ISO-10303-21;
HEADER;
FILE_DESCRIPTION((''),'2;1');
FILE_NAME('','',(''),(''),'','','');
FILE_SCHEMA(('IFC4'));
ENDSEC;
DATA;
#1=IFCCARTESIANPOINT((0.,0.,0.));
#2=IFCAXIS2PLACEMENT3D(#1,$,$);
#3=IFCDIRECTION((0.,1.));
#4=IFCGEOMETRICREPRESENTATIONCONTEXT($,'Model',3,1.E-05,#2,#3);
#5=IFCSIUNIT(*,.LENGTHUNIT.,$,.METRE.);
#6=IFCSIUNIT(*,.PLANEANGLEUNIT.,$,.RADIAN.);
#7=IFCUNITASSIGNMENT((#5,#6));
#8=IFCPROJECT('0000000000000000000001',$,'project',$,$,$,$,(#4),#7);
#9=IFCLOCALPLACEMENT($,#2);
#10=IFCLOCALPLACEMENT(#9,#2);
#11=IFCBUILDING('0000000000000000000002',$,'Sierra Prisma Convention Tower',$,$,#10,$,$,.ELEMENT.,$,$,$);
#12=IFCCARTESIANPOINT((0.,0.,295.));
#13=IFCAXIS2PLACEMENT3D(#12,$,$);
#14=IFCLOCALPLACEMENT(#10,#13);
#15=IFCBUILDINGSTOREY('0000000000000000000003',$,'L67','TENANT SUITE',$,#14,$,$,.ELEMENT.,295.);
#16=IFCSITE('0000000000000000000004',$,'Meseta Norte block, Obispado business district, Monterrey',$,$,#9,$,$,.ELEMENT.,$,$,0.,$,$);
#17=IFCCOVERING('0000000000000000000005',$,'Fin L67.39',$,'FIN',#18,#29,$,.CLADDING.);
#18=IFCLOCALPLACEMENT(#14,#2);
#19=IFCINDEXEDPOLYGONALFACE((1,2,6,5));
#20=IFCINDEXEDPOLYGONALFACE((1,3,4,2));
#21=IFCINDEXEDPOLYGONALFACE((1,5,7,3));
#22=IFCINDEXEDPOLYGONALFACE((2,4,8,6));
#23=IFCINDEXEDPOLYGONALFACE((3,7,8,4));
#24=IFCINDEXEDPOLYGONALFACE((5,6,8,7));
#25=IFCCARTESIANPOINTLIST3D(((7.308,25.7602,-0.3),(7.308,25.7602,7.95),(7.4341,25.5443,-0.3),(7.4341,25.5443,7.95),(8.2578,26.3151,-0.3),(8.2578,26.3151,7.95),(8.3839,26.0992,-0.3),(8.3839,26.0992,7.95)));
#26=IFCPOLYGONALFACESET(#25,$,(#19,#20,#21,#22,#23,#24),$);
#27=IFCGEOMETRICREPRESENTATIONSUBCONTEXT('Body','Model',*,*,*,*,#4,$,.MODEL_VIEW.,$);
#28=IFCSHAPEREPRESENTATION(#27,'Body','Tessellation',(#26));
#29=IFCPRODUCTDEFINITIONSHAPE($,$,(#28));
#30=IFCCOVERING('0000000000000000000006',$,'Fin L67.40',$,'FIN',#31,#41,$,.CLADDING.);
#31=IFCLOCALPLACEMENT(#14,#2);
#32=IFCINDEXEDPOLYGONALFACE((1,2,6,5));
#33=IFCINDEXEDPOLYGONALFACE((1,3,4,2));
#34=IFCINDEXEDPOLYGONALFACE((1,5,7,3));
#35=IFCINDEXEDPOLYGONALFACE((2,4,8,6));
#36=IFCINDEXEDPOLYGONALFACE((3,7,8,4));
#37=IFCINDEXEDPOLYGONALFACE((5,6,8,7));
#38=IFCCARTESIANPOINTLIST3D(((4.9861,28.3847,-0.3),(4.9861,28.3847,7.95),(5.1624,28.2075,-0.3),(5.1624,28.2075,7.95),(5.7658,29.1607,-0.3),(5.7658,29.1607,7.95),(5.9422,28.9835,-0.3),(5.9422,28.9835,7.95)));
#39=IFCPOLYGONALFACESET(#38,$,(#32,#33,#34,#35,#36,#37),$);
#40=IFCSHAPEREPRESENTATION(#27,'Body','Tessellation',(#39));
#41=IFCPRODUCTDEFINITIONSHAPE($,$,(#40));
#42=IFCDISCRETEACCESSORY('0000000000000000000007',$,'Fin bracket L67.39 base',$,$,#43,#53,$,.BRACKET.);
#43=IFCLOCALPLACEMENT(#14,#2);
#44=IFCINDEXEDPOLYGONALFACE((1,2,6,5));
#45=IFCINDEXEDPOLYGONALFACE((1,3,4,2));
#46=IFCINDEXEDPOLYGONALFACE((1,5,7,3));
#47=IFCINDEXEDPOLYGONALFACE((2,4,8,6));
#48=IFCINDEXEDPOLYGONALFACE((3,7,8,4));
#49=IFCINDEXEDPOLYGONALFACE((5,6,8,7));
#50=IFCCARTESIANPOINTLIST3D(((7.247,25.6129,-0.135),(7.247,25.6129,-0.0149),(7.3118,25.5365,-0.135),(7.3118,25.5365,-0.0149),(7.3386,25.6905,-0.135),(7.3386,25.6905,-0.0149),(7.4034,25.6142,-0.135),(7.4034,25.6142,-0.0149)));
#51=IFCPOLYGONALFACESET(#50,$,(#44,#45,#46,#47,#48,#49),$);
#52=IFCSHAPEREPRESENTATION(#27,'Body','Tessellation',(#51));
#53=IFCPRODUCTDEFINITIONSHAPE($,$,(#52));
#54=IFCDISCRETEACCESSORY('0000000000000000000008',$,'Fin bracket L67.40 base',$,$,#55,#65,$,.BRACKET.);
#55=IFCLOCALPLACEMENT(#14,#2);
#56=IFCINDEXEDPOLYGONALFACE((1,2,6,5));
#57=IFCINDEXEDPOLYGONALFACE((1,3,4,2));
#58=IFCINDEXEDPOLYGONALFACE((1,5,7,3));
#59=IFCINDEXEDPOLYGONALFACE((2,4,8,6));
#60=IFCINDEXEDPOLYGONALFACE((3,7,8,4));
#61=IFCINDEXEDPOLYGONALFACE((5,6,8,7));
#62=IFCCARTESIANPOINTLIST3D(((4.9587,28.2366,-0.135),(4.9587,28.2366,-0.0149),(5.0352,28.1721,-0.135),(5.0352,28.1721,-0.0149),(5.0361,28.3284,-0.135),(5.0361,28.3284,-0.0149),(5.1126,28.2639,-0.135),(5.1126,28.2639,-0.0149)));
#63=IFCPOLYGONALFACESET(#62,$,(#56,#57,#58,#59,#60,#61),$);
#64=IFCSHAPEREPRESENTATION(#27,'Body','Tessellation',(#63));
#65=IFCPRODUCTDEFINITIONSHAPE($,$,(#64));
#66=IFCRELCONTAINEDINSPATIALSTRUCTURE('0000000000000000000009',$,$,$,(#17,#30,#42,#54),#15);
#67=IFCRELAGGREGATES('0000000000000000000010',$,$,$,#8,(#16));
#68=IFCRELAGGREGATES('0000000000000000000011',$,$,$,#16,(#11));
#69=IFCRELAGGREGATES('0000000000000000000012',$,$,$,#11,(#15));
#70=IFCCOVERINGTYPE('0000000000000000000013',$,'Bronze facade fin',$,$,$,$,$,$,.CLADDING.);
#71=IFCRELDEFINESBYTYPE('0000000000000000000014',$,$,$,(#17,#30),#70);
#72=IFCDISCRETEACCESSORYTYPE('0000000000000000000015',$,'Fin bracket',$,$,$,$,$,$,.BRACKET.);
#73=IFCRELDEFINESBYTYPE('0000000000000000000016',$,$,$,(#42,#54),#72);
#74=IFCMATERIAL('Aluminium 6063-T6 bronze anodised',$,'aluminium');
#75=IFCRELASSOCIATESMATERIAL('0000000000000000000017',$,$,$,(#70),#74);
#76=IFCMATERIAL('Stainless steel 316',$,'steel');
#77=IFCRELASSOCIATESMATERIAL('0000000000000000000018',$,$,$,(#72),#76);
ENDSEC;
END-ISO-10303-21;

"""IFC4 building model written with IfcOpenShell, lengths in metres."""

from ifc_helpers import new_model, si_unit, direction, frame, origin, origin_2d, place, context, subcontext, project, spatial, rectangle, extrude, material, material_profile, profile_set, type_object, element, save


model = new_model("IFC4")

# Units and contexts
model_context = context("Model", 3, precision=1e-05, world=origin(), true_north=direction((0.0, 1.0)))
body_context = subcontext(model_context, "Body", "Model", "MODEL_VIEW")
ifc_project = project(units=[si_unit("LENGTHUNIT", "METRE"), si_unit("PLANEANGLEUNIT", "RADIAN")], contexts=[model_context])

# Site, building, storey
site_placement = place(None, origin())
site = spatial("IfcSite", under=ifc_project, at=site_placement, Name="Meseta Norte block, Obispado business district, Monterrey", CompositionType="ELEMENT", RefElevation=0.0)
building_placement = place(site_placement, origin())
building = spatial("IfcBuilding", under=site, at=building_placement, Name="Sierra Prisma Convention Tower", CompositionType="ELEMENT")
storey_placement = place(building_placement, frame((0.0, 0.0, 295.0)))
storey = spatial("IfcBuildingStorey", under=building, at=storey_placement, Name="L67", Description="TENANT SUITE", CompositionType="ELEMENT", Elevation=295.0)

# Coverings
ifc_material_1 = material(Name="Aluminium 6063-T6 bronze anodised", Category="aluminium")
ifc_material_profile_1 = material_profile(ifc_material_1, rectangle(XDim=1.1001, YDim=0.25, at=origin_2d()), Name="ALU FIN 1100x250")
ifc_profile_set_1 = profile_set([ifc_material_profile_1], Name="Aluminium 6063-T6 bronze anodised")
covering_type = type_object("IfcCoveringType", Name="Bronze facade fin", PredefinedType="CLADDING", material=ifc_profile_set_1)
for number, where, z_axis, x_axis, name in (
    (1, (7.8459, 25.9297, -0.3), (0.0, 0.0, 1.0), (0.86345, 0.504435, 0.0), "Fin L67.39"),
    (2, (5.4641, 28.6841, -0.3), (0.0, 0.0, 1.0), (0.708772, 0.705438, 0.0), "Fin L67.40"),
):
    element("IfcCovering", number, at=place(storey_placement, frame(where, z_axis=z_axis, x_axis=x_axis)), inside=storey, type_object=covering_type, Name=name, ObjectType="FIN", PredefinedType="CLADDING", context=body_context, shape_type="SweptSolid", body=[
        extrude(rectangle(XDim=1.1001, YDim=0.25, at=origin_2d()), origin(), (0.0, 0.0, 1.0), 8.25),
    ])

# Discrete accessories
ifc_material_2 = material(Name="Stainless steel 316", Category="steel")
discrete_accessory_type = type_object("IfcDiscreteAccessoryType", Name="Fin bracket", PredefinedType="BRACKET", material=ifc_material_2)
for number, where, z_axis, x_axis, name in (
    (3, (7.3252, 25.6135, -0.135), (0.0, 0.0, 1.0), (0.762738, 0.646708, 0.0), "Fin bracket L67.39 base"),
    (4, (5.0356, 28.2502, -0.135), (0.0, 0.0, 1.0), (0.644592, 0.764527, 0.0), "Fin bracket L67.40 base"),
):
    element("IfcDiscreteAccessory", number, at=place(storey_placement, frame(where, z_axis=z_axis, x_axis=x_axis)), inside=storey, type_object=discrete_accessory_type, Name=name, PredefinedType="BRACKET", context=body_context, shape_type="SweptSolid", body=[
        extrude(rectangle(XDim=0.1201, YDim=0.1001, at=origin_2d()), origin(), (0.0, 0.0, 1.0), 0.1201),
    ])

save(model, "model.ifc")
